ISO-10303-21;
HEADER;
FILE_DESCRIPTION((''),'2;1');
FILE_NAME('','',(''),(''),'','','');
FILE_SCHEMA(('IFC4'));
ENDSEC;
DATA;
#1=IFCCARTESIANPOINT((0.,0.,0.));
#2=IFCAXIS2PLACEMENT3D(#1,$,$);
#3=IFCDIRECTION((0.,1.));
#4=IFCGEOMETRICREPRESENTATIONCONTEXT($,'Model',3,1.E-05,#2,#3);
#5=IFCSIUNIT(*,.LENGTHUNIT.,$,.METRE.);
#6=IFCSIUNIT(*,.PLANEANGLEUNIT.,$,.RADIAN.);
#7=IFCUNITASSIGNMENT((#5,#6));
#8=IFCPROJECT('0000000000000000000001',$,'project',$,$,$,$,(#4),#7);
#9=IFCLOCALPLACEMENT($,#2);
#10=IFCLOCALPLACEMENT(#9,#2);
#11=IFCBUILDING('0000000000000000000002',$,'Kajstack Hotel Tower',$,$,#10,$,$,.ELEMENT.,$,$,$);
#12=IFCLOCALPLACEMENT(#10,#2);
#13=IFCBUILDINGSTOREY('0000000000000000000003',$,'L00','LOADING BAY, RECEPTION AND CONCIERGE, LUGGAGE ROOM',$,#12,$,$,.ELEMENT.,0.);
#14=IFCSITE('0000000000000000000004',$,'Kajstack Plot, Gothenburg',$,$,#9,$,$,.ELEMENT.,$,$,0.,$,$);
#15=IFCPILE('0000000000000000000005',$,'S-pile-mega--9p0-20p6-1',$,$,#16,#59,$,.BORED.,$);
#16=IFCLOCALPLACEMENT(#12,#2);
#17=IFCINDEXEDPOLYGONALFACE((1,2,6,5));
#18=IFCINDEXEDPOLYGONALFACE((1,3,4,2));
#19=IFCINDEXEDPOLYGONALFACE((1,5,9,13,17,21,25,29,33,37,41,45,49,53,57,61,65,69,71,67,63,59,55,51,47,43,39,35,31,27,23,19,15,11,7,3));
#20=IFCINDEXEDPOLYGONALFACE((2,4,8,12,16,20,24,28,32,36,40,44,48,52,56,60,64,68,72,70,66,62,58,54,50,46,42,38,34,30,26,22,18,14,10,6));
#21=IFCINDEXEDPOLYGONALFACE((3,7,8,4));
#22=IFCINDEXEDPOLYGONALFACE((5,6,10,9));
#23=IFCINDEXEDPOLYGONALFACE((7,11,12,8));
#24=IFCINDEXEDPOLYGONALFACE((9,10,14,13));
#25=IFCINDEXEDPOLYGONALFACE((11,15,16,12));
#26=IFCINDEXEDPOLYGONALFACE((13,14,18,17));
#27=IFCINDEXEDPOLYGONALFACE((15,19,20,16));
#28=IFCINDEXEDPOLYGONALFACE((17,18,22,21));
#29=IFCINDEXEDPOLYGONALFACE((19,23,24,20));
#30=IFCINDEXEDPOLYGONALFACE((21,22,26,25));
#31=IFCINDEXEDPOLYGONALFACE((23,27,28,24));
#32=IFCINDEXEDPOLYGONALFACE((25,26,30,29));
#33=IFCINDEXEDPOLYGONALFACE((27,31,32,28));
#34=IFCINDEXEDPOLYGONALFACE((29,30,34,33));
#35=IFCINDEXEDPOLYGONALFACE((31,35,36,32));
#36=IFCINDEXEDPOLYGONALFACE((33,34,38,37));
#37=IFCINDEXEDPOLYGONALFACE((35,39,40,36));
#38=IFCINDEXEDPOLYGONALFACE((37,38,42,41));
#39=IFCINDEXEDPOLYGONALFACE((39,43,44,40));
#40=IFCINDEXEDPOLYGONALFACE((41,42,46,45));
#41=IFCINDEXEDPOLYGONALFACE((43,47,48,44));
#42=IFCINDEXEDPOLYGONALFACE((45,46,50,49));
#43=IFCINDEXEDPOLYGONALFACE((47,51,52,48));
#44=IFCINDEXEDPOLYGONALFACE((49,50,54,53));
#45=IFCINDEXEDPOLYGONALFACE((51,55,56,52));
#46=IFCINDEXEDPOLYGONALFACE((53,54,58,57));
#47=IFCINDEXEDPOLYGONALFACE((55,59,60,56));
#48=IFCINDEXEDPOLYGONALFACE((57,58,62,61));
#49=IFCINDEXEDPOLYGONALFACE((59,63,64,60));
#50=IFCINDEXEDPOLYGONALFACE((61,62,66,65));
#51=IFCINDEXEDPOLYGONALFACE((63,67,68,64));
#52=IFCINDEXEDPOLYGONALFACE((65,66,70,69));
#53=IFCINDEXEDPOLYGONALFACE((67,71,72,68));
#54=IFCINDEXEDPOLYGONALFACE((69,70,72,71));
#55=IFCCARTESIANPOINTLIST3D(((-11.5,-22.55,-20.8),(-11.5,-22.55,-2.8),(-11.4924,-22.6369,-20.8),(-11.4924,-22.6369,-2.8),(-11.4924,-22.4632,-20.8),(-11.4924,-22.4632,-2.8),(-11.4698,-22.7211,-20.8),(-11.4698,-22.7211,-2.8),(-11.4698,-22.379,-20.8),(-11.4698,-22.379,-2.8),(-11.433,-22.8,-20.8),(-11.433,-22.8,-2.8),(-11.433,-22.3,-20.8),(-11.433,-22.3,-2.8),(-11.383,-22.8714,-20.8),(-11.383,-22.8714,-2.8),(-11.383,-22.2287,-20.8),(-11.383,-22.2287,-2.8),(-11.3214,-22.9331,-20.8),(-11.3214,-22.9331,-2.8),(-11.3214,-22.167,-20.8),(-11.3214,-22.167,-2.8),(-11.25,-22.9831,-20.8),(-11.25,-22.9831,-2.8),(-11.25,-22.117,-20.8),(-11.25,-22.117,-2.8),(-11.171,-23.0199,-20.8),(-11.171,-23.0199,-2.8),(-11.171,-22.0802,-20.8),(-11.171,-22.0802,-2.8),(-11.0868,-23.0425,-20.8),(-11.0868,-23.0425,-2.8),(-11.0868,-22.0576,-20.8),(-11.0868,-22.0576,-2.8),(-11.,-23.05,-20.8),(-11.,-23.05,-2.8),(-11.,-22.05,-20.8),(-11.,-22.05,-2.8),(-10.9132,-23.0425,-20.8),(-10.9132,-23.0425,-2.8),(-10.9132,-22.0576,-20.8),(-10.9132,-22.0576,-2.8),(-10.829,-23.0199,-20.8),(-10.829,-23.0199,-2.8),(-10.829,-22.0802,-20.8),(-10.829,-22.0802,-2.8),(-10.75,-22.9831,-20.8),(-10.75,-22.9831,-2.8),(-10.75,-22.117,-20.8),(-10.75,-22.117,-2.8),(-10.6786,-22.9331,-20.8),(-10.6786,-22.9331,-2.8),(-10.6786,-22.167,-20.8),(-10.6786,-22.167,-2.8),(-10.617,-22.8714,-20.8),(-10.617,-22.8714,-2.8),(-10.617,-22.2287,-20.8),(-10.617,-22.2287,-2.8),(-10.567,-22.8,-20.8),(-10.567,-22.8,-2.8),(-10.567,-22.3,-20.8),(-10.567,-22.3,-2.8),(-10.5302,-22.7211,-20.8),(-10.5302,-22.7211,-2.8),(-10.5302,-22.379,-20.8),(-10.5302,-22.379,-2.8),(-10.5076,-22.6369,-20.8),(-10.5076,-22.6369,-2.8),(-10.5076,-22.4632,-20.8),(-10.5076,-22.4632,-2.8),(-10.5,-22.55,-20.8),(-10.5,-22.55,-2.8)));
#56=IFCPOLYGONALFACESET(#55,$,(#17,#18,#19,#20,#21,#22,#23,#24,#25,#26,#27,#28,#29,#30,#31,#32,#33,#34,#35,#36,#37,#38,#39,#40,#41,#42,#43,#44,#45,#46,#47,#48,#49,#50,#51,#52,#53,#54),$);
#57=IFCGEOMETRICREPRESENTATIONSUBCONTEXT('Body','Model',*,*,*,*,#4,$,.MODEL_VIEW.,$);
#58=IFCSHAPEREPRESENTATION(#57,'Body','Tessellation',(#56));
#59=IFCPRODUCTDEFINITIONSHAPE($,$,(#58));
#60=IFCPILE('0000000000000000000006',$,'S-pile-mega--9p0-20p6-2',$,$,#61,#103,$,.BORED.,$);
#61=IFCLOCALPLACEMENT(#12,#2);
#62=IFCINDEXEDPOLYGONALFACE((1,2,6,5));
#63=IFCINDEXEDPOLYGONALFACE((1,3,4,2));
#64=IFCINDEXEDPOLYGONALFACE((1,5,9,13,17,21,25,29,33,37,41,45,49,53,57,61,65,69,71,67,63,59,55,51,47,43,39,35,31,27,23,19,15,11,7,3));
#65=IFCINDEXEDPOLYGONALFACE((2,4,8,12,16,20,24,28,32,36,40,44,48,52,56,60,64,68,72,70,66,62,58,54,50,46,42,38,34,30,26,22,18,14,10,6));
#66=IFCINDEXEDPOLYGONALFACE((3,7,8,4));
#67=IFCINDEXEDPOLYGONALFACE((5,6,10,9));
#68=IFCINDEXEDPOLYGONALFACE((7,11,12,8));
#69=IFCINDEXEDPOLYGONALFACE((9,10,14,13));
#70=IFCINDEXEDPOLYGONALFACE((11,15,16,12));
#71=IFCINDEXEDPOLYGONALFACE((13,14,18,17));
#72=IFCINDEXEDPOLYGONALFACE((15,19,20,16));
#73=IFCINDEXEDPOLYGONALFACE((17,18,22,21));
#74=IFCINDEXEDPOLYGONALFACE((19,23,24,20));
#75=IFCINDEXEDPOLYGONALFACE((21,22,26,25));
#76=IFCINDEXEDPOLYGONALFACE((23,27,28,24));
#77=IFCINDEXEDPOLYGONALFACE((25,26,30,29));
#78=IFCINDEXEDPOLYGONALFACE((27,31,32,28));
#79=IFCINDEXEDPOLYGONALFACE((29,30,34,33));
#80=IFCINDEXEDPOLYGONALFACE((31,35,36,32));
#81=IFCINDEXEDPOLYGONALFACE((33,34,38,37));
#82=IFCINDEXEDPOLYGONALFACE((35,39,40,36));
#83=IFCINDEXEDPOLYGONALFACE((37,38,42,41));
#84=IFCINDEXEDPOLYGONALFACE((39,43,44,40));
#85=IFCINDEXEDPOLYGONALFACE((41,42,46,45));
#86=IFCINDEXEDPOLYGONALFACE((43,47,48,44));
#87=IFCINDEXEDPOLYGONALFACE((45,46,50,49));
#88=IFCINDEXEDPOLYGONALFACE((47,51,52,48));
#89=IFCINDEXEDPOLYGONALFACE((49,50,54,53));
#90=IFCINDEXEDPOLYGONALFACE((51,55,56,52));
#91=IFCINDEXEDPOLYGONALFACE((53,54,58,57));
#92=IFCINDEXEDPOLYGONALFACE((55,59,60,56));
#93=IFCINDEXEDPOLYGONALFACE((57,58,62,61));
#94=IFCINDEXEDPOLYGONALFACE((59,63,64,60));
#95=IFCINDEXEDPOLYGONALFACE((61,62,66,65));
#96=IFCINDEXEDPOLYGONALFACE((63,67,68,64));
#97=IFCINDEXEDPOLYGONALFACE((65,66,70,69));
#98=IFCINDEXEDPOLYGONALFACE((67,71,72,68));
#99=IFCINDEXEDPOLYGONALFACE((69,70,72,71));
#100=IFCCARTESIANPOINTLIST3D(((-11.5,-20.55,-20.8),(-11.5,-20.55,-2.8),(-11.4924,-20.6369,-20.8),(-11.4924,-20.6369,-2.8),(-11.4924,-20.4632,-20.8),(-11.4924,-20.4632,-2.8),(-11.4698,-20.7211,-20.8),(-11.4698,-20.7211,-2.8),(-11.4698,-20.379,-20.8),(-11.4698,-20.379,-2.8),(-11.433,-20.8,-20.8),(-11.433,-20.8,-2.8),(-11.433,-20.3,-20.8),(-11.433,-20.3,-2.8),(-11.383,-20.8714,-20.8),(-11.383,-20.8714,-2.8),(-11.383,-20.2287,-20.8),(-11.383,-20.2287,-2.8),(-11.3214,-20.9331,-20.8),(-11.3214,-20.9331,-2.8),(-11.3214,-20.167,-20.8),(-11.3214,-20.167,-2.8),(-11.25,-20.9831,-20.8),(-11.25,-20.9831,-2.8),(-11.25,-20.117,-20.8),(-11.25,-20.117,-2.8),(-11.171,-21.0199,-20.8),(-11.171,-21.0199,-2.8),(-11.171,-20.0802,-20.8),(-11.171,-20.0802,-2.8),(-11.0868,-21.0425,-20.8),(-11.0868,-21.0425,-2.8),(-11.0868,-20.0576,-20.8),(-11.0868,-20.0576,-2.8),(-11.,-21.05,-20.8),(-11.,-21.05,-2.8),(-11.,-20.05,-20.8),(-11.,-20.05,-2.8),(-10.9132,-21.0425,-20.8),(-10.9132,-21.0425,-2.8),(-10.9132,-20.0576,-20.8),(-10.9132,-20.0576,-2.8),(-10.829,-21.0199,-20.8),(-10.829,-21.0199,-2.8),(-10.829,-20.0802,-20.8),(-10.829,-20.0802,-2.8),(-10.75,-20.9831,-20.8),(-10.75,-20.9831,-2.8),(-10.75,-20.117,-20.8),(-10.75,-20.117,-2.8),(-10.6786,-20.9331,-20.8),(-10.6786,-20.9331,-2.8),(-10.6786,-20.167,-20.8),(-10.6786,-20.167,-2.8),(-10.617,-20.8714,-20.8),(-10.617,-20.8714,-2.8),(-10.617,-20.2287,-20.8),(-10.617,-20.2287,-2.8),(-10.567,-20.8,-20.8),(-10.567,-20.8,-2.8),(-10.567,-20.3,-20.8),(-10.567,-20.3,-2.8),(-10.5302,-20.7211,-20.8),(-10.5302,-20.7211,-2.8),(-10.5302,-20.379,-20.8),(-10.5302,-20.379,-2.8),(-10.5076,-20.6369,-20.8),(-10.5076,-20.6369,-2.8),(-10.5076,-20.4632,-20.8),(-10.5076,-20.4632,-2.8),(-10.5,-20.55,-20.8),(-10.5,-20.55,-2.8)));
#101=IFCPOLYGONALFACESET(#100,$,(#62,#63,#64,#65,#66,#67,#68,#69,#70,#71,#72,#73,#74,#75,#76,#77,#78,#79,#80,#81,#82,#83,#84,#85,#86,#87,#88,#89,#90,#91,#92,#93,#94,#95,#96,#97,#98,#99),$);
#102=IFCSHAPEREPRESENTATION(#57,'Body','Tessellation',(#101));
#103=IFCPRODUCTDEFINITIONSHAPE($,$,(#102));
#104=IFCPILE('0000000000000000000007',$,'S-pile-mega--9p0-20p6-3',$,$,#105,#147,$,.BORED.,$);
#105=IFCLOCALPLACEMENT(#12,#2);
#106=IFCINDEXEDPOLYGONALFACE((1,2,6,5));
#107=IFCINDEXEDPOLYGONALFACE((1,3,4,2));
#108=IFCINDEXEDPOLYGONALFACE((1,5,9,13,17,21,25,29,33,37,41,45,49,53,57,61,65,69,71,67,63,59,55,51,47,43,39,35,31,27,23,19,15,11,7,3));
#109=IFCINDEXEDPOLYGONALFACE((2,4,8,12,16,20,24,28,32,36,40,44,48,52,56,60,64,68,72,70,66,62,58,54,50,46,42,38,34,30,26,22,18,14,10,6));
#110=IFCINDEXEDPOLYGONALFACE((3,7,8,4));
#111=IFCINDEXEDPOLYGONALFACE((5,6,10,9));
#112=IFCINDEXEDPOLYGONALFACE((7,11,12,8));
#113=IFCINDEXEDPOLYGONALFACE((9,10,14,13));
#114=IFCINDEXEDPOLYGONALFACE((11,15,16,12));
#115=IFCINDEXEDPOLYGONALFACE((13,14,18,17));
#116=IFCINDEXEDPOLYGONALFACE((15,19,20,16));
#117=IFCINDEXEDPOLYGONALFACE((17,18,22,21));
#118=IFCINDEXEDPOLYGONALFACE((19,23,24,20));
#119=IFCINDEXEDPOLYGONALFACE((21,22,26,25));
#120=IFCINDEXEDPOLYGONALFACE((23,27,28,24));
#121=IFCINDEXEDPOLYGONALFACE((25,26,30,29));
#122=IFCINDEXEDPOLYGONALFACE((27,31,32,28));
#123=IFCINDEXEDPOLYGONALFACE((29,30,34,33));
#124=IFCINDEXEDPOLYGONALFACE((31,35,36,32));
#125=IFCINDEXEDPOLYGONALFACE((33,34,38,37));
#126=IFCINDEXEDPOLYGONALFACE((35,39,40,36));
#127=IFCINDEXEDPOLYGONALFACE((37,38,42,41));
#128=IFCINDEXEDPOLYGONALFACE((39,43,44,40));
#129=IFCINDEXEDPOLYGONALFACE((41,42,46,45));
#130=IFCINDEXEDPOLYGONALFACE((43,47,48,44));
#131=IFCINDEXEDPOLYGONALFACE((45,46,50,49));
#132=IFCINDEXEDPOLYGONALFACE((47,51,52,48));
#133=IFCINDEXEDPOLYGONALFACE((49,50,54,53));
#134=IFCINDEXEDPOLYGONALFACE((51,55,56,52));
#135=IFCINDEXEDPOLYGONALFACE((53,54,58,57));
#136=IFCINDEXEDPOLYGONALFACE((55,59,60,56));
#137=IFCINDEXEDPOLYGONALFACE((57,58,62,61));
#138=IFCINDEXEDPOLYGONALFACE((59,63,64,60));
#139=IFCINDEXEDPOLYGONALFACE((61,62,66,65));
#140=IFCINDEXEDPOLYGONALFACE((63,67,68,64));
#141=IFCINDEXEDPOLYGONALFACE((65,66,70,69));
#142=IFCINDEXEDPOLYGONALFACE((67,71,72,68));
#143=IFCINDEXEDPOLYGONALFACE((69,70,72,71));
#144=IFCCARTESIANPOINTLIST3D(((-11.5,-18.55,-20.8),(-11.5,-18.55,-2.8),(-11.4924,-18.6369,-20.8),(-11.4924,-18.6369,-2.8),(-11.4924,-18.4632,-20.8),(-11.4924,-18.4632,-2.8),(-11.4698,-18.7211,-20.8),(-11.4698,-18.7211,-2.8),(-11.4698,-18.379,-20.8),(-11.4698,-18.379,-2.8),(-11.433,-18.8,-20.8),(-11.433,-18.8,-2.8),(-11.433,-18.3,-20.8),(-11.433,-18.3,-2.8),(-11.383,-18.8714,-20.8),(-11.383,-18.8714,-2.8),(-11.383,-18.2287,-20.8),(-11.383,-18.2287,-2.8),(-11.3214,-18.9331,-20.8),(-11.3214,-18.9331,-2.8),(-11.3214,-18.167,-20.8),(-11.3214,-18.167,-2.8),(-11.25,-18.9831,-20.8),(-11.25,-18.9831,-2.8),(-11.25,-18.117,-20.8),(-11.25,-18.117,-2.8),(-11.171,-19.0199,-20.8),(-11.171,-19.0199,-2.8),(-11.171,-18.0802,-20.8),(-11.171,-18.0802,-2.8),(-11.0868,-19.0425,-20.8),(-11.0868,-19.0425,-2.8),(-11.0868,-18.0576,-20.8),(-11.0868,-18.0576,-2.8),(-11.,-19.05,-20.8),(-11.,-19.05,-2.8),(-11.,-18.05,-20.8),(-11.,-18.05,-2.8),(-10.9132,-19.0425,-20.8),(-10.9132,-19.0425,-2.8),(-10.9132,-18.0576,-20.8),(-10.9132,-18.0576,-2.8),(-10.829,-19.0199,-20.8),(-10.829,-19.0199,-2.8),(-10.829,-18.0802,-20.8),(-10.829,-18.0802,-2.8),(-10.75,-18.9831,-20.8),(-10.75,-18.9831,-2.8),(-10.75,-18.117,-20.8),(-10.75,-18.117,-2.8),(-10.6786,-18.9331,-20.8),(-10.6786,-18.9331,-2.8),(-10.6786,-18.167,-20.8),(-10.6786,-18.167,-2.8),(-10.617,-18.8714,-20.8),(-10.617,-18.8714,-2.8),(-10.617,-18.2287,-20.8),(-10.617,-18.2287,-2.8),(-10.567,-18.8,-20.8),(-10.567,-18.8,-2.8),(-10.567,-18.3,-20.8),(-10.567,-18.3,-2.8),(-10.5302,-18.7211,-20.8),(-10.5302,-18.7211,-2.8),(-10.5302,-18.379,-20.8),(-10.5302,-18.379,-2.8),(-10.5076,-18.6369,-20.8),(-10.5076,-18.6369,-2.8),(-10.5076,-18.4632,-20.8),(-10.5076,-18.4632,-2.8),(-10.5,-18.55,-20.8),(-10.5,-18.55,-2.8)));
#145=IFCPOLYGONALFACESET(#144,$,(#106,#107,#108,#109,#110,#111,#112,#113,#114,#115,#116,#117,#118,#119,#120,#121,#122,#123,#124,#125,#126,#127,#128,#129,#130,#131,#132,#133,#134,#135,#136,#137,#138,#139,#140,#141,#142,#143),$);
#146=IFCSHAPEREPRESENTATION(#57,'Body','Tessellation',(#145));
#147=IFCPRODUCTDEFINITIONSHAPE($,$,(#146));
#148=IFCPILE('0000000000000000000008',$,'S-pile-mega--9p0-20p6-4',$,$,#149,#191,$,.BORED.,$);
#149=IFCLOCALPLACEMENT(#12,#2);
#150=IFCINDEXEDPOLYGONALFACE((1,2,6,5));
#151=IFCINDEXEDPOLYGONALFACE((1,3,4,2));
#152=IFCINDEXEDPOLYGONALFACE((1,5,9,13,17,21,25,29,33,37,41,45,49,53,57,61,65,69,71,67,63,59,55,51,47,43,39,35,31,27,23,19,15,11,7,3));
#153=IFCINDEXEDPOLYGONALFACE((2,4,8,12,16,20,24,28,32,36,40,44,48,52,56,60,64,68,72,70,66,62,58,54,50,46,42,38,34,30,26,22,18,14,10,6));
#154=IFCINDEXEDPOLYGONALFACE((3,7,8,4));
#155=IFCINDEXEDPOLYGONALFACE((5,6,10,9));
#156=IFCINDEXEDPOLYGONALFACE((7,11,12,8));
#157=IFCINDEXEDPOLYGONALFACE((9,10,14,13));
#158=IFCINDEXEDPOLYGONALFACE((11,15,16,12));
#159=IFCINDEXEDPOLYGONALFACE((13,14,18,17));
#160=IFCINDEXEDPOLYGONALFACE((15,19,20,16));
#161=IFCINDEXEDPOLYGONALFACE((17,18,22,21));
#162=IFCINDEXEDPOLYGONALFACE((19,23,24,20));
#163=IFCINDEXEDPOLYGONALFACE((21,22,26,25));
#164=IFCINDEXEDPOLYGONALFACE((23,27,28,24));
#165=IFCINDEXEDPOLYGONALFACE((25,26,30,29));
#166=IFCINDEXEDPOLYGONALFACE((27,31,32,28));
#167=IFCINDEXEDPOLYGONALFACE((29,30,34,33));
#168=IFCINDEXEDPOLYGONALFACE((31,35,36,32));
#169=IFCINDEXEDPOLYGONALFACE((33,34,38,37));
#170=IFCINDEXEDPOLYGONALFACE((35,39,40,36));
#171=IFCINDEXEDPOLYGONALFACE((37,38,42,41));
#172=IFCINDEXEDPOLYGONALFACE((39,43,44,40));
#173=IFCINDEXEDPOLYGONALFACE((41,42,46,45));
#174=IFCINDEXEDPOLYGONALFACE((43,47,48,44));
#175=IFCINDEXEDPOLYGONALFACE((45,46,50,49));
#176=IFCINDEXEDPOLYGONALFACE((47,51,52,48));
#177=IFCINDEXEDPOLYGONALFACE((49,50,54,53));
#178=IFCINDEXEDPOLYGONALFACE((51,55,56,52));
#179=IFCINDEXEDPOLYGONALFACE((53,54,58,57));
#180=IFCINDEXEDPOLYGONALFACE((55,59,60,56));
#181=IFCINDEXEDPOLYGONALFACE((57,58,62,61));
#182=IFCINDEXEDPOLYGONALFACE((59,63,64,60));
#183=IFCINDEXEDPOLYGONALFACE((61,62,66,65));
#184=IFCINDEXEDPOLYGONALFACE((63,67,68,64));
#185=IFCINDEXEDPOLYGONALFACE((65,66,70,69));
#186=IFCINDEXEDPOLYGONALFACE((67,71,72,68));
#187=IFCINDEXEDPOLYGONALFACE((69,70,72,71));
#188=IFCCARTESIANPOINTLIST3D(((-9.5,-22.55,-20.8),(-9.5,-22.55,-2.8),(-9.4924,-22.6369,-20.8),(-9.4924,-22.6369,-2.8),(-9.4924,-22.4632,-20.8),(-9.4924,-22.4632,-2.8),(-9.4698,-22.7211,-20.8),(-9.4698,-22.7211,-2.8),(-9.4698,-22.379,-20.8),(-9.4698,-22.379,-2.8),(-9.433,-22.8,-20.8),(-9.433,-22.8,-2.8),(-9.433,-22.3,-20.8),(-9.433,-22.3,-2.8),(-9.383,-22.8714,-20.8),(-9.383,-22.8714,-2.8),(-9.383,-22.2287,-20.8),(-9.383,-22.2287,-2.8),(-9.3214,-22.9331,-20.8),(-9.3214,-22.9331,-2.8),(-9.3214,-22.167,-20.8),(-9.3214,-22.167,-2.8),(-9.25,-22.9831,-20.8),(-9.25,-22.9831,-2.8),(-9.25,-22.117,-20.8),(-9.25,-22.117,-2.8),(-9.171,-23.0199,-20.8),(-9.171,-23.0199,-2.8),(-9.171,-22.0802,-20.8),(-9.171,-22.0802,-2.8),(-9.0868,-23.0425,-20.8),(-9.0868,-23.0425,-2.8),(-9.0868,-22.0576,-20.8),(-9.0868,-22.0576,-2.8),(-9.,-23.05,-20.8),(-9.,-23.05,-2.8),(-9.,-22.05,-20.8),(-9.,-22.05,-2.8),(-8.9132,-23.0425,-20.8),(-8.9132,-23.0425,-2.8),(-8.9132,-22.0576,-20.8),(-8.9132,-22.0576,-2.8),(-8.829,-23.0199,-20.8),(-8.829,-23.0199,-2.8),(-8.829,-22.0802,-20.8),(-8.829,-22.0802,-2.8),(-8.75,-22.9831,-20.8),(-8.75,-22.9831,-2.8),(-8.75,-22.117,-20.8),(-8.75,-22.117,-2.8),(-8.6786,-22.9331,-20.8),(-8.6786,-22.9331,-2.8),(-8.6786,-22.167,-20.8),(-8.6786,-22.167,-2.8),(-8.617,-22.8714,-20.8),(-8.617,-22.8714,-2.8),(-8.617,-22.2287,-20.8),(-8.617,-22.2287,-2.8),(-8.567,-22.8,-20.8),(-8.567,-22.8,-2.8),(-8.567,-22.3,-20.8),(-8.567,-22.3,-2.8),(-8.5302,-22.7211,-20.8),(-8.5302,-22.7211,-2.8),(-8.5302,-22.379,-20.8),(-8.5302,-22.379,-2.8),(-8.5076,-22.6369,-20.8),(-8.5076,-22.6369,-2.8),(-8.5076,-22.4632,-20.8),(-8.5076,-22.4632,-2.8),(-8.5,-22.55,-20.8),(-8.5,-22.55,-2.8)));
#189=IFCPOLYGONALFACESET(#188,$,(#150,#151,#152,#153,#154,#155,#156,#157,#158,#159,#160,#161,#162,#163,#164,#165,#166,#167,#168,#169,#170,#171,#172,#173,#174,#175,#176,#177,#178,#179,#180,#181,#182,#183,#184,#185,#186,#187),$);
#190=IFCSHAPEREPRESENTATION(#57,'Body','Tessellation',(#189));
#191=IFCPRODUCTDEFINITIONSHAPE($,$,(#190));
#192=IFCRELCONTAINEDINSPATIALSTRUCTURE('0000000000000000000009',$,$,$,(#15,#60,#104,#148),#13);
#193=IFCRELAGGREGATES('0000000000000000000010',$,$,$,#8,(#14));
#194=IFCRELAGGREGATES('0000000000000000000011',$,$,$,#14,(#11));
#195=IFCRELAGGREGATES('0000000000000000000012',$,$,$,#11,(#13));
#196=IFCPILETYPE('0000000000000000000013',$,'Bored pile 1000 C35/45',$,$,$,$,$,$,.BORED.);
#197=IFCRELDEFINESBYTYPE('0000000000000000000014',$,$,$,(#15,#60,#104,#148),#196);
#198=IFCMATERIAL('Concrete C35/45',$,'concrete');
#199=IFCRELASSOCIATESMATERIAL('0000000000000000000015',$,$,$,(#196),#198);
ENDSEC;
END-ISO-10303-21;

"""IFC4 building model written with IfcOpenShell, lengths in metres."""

from ifc_helpers import new_model, si_unit, direction, frame, origin, origin_2d, place, context, subcontext, project, spatial, circle, extrude, material, material_profile, profile_set, type_object, element, save


model = new_model("IFC4")

# Units and contexts
model_context = context("Model", 3, precision=1e-05, world=origin(), true_north=direction((0.0, 1.0)))
body_context = subcontext(model_context, "Body", "Model", "MODEL_VIEW")
ifc_project = project(units=[si_unit("LENGTHUNIT", "METRE"), si_unit("PLANEANGLEUNIT", "RADIAN")], contexts=[model_context])

# Site, building, storey
site_placement = place(None, origin())
site = spatial("IfcSite", under=ifc_project, at=site_placement, Name="Kajstack Plot, Gothenburg", CompositionType="ELEMENT", RefElevation=0.0)
building_placement = place(site_placement, origin())
building = spatial("IfcBuilding", under=site, at=building_placement, Name="Kajstack Hotel Tower", CompositionType="ELEMENT")
storey_placement = place(building_placement, origin())
storey = spatial("IfcBuildingStorey", under=building, at=storey_placement, Name="L00", Description="LOADING BAY, RECEPTION AND CONCIERGE, LUGGAGE ROOM", CompositionType="ELEMENT", Elevation=0.0)

# Piles
ifc_material_1 = material(Name="Concrete C35/45", Category="concrete")
ifc_material_profile_1 = material_profile(ifc_material_1, circle(Radius=0.5, at=origin_2d()), Name="RC round 1000")
ifc_profile_set_1 = profile_set([ifc_material_profile_1], Name="Concrete C35/45")
pile_type = type_object("IfcPileType", Name="Bored pile 1000 C35/45", PredefinedType="BORED", material=ifc_profile_set_1)
for number, where, z_axis, x_axis, name in (
    (1, (-11.0, -22.55, -2.8), (0.0, 0.0, -1.0), (1.0, 0.0, 0.0), "S-pile-mega--9p0-20p6-1"),
    (2, (-11.0, -20.55, -2.8), (0.0, 0.0, -1.0), (1.0, 0.0, 0.0), "S-pile-mega--9p0-20p6-2"),
    (3, (-11.0, -18.55, -2.8), (0.0, 0.0, -1.0), (1.0, 0.0, 0.0), "S-pile-mega--9p0-20p6-3"),
    (4, (-9.0, -22.55, -2.8), (0.0, 0.0, -1.0), (1.0, 0.0, 0.0), "S-pile-mega--9p0-20p6-4"),
):
    element("IfcPile", number, at=place(storey_placement, frame(where, z_axis=z_axis, x_axis=x_axis)), inside=storey, type_object=pile_type, Name=name, PredefinedType="BORED", context=body_context, shape_type="SweptSolid", body=[
        extrude(circle(Radius=0.5, at=origin_2d()), origin(), (0.0, 0.0, 1.0), 18.0),
    ])

save(model, "model.ifc")
